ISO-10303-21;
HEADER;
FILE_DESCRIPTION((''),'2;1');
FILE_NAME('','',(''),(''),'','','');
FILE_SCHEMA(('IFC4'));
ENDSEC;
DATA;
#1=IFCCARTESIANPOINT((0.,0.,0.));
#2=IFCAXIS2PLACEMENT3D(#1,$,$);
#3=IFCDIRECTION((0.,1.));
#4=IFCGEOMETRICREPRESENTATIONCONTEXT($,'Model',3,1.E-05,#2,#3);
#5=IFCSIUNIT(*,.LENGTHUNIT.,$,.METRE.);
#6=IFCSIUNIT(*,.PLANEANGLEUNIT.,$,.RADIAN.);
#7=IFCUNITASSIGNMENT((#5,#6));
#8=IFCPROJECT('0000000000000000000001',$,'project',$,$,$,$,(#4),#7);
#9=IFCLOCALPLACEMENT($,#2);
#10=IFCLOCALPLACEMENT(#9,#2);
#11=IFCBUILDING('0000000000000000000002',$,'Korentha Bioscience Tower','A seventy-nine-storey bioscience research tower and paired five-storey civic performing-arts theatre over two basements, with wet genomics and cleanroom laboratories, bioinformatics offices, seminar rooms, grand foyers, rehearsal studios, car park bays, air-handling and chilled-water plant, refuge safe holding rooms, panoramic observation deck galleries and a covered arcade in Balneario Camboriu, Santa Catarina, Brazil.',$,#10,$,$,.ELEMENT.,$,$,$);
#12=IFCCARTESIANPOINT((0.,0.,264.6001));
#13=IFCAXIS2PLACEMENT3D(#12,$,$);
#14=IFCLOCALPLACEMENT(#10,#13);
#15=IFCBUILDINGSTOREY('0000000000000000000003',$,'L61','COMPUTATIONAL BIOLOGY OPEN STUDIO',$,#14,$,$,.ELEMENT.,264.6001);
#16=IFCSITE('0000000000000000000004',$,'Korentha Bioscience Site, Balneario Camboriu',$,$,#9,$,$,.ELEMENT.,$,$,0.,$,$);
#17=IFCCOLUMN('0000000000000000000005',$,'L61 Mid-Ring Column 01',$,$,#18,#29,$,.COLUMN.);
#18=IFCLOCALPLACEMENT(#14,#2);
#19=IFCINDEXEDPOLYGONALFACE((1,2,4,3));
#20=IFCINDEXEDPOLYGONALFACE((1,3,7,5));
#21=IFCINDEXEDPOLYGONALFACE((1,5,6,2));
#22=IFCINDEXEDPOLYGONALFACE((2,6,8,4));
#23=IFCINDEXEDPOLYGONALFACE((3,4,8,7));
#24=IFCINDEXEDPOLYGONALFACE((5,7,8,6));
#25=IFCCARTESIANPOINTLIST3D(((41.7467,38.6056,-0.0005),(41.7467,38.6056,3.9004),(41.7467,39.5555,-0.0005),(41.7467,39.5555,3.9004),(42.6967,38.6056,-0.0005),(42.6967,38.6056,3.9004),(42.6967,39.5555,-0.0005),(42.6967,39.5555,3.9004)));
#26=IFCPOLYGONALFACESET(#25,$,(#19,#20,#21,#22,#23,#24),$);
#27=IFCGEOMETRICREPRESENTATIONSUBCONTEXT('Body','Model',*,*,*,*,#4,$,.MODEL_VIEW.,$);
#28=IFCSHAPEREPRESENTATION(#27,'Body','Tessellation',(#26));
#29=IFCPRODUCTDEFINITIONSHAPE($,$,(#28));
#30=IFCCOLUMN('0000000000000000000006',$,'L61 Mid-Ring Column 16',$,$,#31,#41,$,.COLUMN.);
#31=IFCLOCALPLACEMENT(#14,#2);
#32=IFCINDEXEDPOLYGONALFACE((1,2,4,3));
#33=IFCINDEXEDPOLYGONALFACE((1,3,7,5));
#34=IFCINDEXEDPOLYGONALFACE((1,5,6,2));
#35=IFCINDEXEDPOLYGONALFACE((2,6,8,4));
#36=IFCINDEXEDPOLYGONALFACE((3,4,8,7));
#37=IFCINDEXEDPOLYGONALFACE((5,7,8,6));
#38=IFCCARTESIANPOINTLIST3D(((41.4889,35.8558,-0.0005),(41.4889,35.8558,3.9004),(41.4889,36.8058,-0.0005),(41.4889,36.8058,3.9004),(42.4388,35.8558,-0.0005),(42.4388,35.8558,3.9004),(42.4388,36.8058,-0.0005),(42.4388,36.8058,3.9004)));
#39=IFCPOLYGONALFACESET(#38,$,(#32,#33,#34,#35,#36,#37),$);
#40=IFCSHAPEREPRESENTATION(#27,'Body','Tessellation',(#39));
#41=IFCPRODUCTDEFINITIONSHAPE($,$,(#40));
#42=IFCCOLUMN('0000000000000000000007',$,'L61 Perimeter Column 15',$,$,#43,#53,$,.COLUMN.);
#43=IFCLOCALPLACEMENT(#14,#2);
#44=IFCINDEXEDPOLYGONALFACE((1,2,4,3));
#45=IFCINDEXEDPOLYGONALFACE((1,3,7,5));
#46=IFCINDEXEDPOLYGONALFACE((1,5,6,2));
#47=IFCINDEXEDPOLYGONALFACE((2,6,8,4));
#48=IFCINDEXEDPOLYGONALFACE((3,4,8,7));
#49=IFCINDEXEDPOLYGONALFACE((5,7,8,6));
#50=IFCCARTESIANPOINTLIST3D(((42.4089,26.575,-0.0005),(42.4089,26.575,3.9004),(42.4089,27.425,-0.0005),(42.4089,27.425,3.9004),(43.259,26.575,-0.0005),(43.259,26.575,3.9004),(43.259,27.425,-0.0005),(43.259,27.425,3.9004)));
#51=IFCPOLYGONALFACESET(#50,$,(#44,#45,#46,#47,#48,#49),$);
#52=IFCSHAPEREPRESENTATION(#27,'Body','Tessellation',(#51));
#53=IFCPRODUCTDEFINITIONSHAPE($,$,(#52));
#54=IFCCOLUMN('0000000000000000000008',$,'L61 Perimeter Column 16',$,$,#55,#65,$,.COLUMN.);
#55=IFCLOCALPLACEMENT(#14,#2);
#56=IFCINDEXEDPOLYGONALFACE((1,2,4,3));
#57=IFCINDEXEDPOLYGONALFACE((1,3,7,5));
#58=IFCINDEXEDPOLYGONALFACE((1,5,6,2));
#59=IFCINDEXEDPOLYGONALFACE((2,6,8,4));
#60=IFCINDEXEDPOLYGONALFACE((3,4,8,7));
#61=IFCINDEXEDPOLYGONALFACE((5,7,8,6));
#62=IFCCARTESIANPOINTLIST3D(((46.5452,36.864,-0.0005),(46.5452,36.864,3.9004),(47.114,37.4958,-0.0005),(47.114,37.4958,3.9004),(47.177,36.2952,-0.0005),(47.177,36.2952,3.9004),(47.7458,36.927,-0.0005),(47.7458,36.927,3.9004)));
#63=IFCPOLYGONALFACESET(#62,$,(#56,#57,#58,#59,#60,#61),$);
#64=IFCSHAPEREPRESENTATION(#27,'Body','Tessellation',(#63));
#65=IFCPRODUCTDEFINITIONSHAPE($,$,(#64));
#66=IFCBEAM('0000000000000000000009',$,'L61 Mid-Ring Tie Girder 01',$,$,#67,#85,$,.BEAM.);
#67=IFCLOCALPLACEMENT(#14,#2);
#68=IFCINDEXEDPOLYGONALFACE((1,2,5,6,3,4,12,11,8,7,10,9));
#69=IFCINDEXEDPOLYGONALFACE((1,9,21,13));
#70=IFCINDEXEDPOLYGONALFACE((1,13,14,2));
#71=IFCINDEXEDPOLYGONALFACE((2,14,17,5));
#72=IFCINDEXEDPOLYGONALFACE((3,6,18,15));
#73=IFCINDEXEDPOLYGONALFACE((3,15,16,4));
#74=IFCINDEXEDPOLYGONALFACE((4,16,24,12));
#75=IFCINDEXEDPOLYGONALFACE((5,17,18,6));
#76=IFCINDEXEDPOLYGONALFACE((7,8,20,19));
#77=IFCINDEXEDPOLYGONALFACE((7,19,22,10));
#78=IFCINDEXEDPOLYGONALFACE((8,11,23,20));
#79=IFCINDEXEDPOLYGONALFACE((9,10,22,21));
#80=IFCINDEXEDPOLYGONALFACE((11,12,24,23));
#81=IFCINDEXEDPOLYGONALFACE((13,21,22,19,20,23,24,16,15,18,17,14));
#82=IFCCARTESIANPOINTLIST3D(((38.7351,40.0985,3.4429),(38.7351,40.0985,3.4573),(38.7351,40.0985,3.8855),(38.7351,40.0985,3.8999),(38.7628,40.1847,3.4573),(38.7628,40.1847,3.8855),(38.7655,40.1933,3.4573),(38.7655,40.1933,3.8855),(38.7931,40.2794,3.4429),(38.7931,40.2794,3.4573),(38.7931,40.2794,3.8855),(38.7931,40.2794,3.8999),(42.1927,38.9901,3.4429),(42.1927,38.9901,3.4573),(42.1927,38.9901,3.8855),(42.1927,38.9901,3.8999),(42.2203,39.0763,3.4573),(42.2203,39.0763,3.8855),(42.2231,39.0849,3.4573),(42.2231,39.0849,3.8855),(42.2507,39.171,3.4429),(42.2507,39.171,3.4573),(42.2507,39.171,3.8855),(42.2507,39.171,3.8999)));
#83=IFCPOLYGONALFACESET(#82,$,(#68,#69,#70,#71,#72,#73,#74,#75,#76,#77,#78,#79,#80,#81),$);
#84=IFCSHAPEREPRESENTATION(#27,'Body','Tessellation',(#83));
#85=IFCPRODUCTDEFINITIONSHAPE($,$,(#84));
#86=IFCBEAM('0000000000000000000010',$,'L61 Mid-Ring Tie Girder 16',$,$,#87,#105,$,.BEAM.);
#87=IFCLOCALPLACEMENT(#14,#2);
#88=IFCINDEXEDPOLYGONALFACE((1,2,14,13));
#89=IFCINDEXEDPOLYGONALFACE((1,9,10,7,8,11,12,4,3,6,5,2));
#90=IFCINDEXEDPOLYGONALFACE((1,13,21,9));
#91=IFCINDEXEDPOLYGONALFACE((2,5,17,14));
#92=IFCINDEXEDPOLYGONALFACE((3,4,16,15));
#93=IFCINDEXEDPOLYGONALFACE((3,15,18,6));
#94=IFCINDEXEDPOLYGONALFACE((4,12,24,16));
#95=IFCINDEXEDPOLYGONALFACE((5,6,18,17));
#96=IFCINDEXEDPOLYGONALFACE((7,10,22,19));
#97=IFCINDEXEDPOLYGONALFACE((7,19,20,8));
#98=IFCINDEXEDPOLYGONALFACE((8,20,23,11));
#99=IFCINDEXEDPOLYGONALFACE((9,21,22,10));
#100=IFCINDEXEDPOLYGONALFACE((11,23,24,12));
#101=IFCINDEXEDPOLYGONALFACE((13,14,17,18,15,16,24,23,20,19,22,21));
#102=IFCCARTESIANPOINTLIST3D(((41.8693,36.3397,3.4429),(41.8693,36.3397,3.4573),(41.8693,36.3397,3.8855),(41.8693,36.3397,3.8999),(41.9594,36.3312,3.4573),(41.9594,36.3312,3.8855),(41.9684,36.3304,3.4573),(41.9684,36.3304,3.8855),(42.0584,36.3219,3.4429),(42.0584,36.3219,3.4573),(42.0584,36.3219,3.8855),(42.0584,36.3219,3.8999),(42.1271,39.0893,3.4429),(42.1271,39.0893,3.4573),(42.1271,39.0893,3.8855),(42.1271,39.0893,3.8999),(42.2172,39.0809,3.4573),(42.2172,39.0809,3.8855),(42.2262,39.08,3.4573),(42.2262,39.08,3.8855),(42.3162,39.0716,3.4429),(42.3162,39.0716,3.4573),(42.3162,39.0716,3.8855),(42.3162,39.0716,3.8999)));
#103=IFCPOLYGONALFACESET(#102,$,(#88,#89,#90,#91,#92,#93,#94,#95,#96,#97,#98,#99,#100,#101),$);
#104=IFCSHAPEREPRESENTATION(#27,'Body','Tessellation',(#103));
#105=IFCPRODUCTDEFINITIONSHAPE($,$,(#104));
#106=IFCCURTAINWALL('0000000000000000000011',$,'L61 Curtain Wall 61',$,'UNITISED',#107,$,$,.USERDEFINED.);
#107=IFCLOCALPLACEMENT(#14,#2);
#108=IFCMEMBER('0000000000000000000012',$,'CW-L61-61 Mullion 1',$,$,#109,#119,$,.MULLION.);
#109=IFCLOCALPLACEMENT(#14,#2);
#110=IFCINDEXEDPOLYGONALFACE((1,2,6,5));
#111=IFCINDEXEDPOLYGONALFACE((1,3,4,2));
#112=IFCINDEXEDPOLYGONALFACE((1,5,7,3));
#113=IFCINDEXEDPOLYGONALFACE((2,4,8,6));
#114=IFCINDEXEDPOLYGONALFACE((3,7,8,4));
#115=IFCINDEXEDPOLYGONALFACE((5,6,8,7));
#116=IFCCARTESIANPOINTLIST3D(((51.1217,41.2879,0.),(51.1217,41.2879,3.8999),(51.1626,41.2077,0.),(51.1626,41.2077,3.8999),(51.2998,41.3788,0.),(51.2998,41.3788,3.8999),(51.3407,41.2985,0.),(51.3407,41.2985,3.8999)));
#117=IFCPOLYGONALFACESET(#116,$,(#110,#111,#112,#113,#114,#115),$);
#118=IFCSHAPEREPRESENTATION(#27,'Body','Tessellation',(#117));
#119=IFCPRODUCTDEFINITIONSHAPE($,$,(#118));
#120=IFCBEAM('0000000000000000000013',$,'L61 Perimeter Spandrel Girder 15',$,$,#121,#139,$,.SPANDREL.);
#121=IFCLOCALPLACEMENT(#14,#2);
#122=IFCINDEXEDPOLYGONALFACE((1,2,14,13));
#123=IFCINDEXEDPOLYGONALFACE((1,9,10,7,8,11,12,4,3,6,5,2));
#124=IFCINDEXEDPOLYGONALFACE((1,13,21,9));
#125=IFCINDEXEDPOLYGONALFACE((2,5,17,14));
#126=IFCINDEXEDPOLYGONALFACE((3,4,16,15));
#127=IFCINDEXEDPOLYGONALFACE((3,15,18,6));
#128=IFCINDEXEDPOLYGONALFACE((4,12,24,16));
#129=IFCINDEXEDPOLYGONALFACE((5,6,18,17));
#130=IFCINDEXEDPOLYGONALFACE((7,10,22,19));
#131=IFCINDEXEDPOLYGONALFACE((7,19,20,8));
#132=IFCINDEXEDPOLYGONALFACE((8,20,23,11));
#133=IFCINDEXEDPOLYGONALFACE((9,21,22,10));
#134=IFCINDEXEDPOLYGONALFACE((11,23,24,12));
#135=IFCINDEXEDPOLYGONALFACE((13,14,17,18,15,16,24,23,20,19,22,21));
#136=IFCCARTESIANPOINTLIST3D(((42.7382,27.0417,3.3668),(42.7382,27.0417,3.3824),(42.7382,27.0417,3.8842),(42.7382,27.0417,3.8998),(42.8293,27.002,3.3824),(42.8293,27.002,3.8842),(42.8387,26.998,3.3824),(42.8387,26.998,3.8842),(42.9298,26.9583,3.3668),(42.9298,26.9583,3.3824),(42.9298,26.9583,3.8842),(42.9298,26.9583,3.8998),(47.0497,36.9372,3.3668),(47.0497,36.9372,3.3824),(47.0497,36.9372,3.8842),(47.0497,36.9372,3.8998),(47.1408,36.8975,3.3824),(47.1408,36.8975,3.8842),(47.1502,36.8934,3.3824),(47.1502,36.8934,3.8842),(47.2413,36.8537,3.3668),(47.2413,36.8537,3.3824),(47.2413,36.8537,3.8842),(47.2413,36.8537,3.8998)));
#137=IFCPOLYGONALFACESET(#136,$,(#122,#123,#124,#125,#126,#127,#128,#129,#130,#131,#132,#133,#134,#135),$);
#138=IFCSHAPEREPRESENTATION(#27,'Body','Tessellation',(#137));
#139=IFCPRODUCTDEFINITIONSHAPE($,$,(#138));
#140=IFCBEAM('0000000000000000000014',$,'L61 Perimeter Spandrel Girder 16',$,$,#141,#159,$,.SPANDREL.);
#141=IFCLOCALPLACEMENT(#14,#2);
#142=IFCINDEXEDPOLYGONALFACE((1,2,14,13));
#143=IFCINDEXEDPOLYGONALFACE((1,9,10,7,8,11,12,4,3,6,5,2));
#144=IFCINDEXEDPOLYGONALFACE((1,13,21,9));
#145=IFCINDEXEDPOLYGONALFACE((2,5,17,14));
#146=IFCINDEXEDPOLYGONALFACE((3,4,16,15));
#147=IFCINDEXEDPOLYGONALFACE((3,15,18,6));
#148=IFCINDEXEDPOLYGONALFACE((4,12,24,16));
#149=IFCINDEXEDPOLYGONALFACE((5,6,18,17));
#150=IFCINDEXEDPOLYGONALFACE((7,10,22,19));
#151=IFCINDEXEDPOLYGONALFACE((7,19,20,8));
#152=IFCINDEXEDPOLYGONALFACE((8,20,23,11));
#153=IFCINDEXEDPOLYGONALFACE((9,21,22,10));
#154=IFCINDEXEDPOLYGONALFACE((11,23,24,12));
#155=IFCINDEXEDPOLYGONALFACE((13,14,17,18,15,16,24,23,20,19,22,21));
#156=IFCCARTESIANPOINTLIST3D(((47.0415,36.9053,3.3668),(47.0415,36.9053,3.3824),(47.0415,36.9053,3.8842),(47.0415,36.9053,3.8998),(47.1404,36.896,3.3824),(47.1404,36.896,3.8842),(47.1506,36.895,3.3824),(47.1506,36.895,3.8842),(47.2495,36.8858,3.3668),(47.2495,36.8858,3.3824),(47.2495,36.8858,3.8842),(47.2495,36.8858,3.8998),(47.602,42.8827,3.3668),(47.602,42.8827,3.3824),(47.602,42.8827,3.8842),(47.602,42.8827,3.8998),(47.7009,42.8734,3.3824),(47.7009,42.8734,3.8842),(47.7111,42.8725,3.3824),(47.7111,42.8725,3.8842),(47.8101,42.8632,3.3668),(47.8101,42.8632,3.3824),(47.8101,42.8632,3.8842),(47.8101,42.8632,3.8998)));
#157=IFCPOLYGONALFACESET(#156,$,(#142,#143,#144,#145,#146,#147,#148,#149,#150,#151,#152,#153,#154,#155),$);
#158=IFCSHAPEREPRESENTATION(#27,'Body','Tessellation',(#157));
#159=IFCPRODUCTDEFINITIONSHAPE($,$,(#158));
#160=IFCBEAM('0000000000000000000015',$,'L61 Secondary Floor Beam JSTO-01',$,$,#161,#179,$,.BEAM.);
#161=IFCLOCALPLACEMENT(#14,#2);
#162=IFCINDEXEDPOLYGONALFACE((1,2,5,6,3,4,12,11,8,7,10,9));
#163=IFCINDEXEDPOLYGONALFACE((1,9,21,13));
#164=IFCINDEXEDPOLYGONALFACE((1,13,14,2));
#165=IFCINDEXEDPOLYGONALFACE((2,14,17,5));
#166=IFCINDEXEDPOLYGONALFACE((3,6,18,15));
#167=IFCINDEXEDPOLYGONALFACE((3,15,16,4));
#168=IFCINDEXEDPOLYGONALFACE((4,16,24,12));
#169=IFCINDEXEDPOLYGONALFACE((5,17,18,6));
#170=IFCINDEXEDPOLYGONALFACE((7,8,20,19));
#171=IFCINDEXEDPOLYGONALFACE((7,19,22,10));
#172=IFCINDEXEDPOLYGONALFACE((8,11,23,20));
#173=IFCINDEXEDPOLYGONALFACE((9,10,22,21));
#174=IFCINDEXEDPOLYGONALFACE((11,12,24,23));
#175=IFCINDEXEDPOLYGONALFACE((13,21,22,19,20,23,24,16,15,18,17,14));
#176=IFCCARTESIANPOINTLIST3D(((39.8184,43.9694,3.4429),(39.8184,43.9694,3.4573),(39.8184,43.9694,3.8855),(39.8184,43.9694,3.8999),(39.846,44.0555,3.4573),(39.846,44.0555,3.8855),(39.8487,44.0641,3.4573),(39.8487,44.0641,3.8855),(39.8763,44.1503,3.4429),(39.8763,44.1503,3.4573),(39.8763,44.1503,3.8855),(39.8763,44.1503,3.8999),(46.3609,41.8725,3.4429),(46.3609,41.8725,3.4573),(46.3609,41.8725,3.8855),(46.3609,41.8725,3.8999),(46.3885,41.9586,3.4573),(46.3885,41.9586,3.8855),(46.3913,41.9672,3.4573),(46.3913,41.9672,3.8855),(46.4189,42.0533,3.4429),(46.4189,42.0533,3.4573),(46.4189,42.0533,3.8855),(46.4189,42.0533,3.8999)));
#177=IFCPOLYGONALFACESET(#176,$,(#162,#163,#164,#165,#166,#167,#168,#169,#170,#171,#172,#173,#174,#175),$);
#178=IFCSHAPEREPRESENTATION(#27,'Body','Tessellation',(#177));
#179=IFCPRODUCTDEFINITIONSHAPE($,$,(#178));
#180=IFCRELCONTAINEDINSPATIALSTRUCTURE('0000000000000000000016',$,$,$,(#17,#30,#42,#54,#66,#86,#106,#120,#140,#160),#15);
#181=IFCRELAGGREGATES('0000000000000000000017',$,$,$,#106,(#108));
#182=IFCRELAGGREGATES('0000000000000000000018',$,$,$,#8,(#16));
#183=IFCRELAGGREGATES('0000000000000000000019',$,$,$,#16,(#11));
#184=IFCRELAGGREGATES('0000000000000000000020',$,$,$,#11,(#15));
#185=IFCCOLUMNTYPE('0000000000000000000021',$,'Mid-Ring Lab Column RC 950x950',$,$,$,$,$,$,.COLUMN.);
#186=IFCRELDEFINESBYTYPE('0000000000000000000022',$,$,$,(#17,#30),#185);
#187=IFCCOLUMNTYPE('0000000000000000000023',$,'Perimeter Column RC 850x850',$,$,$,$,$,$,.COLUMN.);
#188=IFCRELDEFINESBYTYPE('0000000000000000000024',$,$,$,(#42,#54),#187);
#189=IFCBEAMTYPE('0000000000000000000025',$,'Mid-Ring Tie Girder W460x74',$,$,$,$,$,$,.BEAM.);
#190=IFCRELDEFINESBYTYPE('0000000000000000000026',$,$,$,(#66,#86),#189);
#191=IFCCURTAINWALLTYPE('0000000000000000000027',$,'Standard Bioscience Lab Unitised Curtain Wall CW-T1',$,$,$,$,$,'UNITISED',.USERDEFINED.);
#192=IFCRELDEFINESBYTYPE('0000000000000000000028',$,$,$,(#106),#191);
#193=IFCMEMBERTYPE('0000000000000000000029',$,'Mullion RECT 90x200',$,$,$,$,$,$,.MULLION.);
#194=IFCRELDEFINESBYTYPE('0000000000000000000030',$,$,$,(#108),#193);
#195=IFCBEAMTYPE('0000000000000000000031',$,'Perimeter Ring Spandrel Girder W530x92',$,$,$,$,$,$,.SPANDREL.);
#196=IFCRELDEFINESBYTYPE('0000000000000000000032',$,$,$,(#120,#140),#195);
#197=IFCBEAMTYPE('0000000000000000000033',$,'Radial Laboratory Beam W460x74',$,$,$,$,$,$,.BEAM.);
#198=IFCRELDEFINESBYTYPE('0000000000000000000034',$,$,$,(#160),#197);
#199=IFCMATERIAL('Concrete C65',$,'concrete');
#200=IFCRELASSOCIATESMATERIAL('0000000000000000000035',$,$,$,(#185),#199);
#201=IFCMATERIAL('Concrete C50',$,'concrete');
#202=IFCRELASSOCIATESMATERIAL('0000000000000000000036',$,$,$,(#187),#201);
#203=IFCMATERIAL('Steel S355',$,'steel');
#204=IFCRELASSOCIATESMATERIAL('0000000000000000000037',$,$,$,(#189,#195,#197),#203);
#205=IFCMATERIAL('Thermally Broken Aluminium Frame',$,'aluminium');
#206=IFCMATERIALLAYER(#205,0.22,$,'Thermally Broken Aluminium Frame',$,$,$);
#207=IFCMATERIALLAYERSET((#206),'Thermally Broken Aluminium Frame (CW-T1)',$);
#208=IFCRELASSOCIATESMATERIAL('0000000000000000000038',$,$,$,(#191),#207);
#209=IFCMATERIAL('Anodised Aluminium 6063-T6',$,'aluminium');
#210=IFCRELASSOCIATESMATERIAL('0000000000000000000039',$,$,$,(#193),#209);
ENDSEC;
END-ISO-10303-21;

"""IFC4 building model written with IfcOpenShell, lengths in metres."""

from ifc_helpers import new_model, si_unit, direction, frame, origin, origin_2d, place, context, subcontext, project, spatial, rectangle, i_section, extrude, material, layer, layer_set, material_profile, profile_set, type_object, element, aggregate, save


model = new_model("IFC4")

# Units and contexts
model_context = context("Model", 3, precision=1e-05, world=origin(), true_north=direction((0.0, 1.0)))
body_context = subcontext(model_context, "Body", "Model", "MODEL_VIEW")
ifc_project = project(units=[si_unit("LENGTHUNIT", "METRE"), si_unit("PLANEANGLEUNIT", "RADIAN")], contexts=[model_context])

# Site, building, storey
site_placement = place(None, origin())
site = spatial("IfcSite", under=ifc_project, at=site_placement, Name="Korentha Bioscience Site, Balneario Camboriu", CompositionType="ELEMENT", RefElevation=0.0)
building_placement = place(site_placement, origin())
building = spatial("IfcBuilding", under=site, at=building_placement, Name="Korentha Bioscience Tower", Description="A seventy-nine-storey bioscience research tower and paired five-storey civic performing-arts theatre over two basements, with wet genomics and cleanroom laboratories, bioinformatics offices, seminar rooms, grand foyers, rehearsal studios, car park bays, air-handling and chilled-water plant, refuge safe holding rooms, panoramic observation deck galleries and a covered arcade in Balneario Camboriu, Santa Catarina, Brazil.", CompositionType="ELEMENT")
storey_placement = place(building_placement, frame((0.0, 0.0, 264.6001)))
storey = spatial("IfcBuildingStorey", under=building, at=storey_placement, Name="L61", Description="COMPUTATIONAL BIOLOGY OPEN STUDIO", CompositionType="ELEMENT", Elevation=264.6001)

# Columns
ifc_material_1 = material(Name="Concrete C65", Category="concrete")
ifc_material_profile_1 = material_profile(ifc_material_1, rectangle(XDim=0.95, YDim=0.95, at=origin_2d()), Name="Concrete C65")
ifc_profile_set_1 = profile_set([ifc_material_profile_1], Name="Concrete C65 (COL-MR09)")
column_type_1 = type_object("IfcColumnType", Name="Mid-Ring Lab Column RC 950x950", PredefinedType="COLUMN", material=ifc_profile_set_1)
for number, where, z_axis, x_axis, name in (
    (1, (42.2217, 39.0806, -0.0005), (0.0, 0.0, 1.0), (1.0, 0.0, 0.0), "L61 Mid-Ring Column 01"),
    (2, (41.9639, 36.3308, -0.0005), (0.0, 0.0, 1.0), (1.0, 0.0, 0.0), "L61 Mid-Ring Column 16"),
):
    element("IfcColumn", number, at=place(storey_placement, frame(where, z_axis=z_axis, x_axis=x_axis)), inside=storey, type_object=column_type_1, Name=name, PredefinedType="COLUMN", context=body_context, shape_type="SweptSolid", body=[
        extrude(rectangle(XDim=0.95, YDim=0.95, at=origin_2d()), origin(), (0.0, 0.0, 1.0), 3.9009),
    ])
ifc_material_2 = material(Name="Concrete C50", Category="concrete")
ifc_material_profile_2 = material_profile(ifc_material_2, rectangle(XDim=0.8501, YDim=0.8501, at=origin_2d()), Name="Concrete C50")
ifc_profile_set_2 = profile_set([ifc_material_profile_2], Name="Concrete C50 (COL-P08)")
column_type_2 = type_object("IfcColumnType", Name="Perimeter Column RC 850x850", PredefinedType="COLUMN", material=ifc_profile_set_2)
for number, where, z_axis, x_axis, name in (
    (3, (42.834, 27.0, -0.0005), (0.0, 0.0, 1.0), (0.0, 1.0, 0.0), "L61 Perimeter Column 15"),
    (4, (47.1455, 36.8955, -0.0005), (0.0, 0.0, 1.0), (0.669131, 0.743145, 0.0), "L61 Perimeter Column 16"),
):
    element("IfcColumn", number, at=place(storey_placement, frame(where, z_axis=z_axis, x_axis=x_axis)), inside=storey, type_object=column_type_2, Name=name, PredefinedType="COLUMN", context=body_context, shape_type="SweptSolid", body=[
        extrude(rectangle(XDim=0.8501, YDim=0.8501, at=origin_2d()), origin(), (0.0, 0.0, 1.0), 3.9009),
    ])

# Beams
ifc_material_3 = material(Name="Steel S355", Category="steel")
ifc_material_profile_3 = material_profile(ifc_material_3, i_section(OverallWidth=0.1899, OverallDepth=0.457, WebThickness=0.009, FlangeThickness=0.0144, at=origin_2d()), Name="Steel S355")
ifc_profile_set_3 = profile_set([ifc_material_profile_3], Name="Steel S355 (MB-460)")
beam_type_1 = type_object("IfcBeamType", Name="Mid-Ring Tie Girder W460x74", PredefinedType="BEAM", material=ifc_profile_set_3)
beam_1_placement = place(storey_placement, frame((42.2217, 39.0806, 3.6714), z_axis=(-0.952265, 0.305273, 0.0), x_axis=(-0.305273, -0.952265, 0.0)))
element("IfcBeam", 5, at=beam_1_placement, inside=storey, type_object=beam_type_1, Name="L61 Mid-Ring Tie Girder 01", PredefinedType="BEAM", context=body_context, shape_type="SweptSolid", body=[
    extrude(i_section(OverallWidth=0.1899, OverallDepth=0.457, WebThickness=0.009, FlangeThickness=0.0144, at=origin_2d()), origin(), (0.0, 0.0, 1.0), 3.6309),
])
beam_2_placement = place(storey_placement, frame((41.9639, 36.3308, 3.6714), z_axis=(0.093349, 0.995633, 0.0), x_axis=(-0.995633, 0.093349, 0.0)))
element("IfcBeam", 6, at=beam_2_placement, inside=storey, type_object=beam_type_1, Name="L61 Mid-Ring Tie Girder 16", PredefinedType="BEAM", context=body_context, shape_type="SweptSolid", body=[
    extrude(i_section(OverallWidth=0.1899, OverallDepth=0.457, WebThickness=0.009, FlangeThickness=0.0144, at=origin_2d()), origin(), (0.0, 0.0, 1.0), 2.7617),
])

# Curtain wall, member
ifc_material_4 = material(Name="Thermally Broken Aluminium Frame", Category="aluminium")
ifc_layer_1 = layer(ifc_material_4, 0.22, Name="Thermally Broken Aluminium Frame")
ifc_layer_set_1 = layer_set([ifc_layer_1], Name="Thermally Broken Aluminium Frame (CW-T1)")
curtain_wall_type = type_object("IfcCurtainWallType", Name="Standard Bioscience Lab Unitised Curtain Wall CW-T1", ElementType="UNITISED", PredefinedType="USERDEFINED", material=ifc_layer_set_1)
curtain_wall_placement = place(storey_placement, origin())
curtain_wall = element("IfcCurtainWall", 7, at=curtain_wall_placement, inside=storey, type_object=curtain_wall_type, Name="L61 Curtain Wall 61", ObjectType="UNITISED", PredefinedType="USERDEFINED")
ifc_material_5 = material(Name="Anodised Aluminium 6063-T6", Category="aluminium")
ifc_material_profile_4 = material_profile(ifc_material_5, rectangle(XDim=0.0901, YDim=0.2, at=origin_2d()), Name="Anodised Aluminium 6063-T6")
ifc_profile_set_4 = profile_set([ifc_material_profile_4], Name="Anodised Aluminium 6063-T6 (CW-MUL)")
member_type_1 = type_object("IfcMemberType", Name="Mullion RECT 90x200", PredefinedType="MULLION", material=ifc_profile_set_4)
member_1_placement = place(storey_placement, frame((51.2312, 41.2932, 0.0), z_axis=(0.0, 0.0, 1.0), x_axis=(-0.454239, 0.89088, 0.0)))
member_1 = element("IfcMember", 8, at=member_1_placement, type_object=member_type_1, Name="CW-L61-61 Mullion 1", PredefinedType="MULLION", context=body_context, shape_type="SweptSolid", body=[
    extrude(rectangle(XDim=0.0901, YDim=0.2, at=origin_2d()), origin(), (0.0, 0.0, 1.0), 3.8999),
])

# Beams
ifc_material_profile_5 = material_profile(ifc_material_3, i_section(OverallWidth=0.209, OverallDepth=0.533, WebThickness=0.0103, FlangeThickness=0.0156, at=origin_2d()), Name="Steel S355")
ifc_profile_set_5 = profile_set([ifc_material_profile_5], Name="Steel S355 (SB-530)")
beam_type_2 = type_object("IfcBeamType", Name="Perimeter Ring Spandrel Girder W530x92", PredefinedType="SPANDREL", material=ifc_profile_set_5)
beam_3_placement = place(storey_placement, frame((42.834, 27.0, 3.6333), z_axis=(0.399437, 0.916761, 0.0), x_axis=(-0.916761, 0.399437, 0.0)))
element("IfcBeam", 9, at=beam_3_placement, inside=storey, type_object=beam_type_2, Name="L61 Perimeter Spandrel Girder 15", PredefinedType="SPANDREL", context=body_context, shape_type="SweptSolid", body=[
    extrude(i_section(OverallWidth=0.209, OverallDepth=0.533, WebThickness=0.0103, FlangeThickness=0.0156, at=origin_2d()), origin(), (0.0, 0.0, 1.0), 10.7939),
])
beam_4_placement = place(storey_placement, frame((47.1455, 36.8955, 3.6333), z_axis=(0.093366, 0.995632, 0.0), x_axis=(-0.995632, 0.093366, 0.0)))
element("IfcBeam", 10, at=beam_4_placement, inside=storey, type_object=beam_type_2, Name="L61 Perimeter Spandrel Girder 16", PredefinedType="SPANDREL", context=body_context, shape_type="SweptSolid", body=[
    extrude(i_section(OverallWidth=0.209, OverallDepth=0.533, WebThickness=0.0103, FlangeThickness=0.0156, at=origin_2d()), origin(), (0.0, 0.0, 1.0), 6.0037),
])
ifc_material_profile_6 = material_profile(ifc_material_3, i_section(OverallWidth=0.1899, OverallDepth=0.457, WebThickness=0.009, FlangeThickness=0.0144, at=origin_2d()), Name="Steel S355")
ifc_profile_set_6 = profile_set([ifc_material_profile_6], Name="Steel S355 (RB-460)")
beam_type_3 = type_object("IfcBeamType", Name="Radial Laboratory Beam W460x74", PredefinedType="BEAM", material=ifc_profile_set_6)
beam_5_placement = place(storey_placement, frame((46.3899, 41.9629, 3.6714), z_axis=(-0.952283, 0.305215, 0.0), x_axis=(-0.305215, -0.952283, 0.0)))
element("IfcBeam", 11, at=beam_5_placement, inside=storey, type_object=beam_type_3, Name="L61 Secondary Floor Beam JSTO-01", PredefinedType="BEAM", context=body_context, shape_type="SweptSolid", body=[
    extrude(i_section(OverallWidth=0.1899, OverallDepth=0.457, WebThickness=0.009, FlangeThickness=0.0144, at=origin_2d()), origin(), (0.0, 0.0, 1.0), 6.8704),
])

aggregate(curtain_wall, [member_1])

save(model, "model.ifc")
